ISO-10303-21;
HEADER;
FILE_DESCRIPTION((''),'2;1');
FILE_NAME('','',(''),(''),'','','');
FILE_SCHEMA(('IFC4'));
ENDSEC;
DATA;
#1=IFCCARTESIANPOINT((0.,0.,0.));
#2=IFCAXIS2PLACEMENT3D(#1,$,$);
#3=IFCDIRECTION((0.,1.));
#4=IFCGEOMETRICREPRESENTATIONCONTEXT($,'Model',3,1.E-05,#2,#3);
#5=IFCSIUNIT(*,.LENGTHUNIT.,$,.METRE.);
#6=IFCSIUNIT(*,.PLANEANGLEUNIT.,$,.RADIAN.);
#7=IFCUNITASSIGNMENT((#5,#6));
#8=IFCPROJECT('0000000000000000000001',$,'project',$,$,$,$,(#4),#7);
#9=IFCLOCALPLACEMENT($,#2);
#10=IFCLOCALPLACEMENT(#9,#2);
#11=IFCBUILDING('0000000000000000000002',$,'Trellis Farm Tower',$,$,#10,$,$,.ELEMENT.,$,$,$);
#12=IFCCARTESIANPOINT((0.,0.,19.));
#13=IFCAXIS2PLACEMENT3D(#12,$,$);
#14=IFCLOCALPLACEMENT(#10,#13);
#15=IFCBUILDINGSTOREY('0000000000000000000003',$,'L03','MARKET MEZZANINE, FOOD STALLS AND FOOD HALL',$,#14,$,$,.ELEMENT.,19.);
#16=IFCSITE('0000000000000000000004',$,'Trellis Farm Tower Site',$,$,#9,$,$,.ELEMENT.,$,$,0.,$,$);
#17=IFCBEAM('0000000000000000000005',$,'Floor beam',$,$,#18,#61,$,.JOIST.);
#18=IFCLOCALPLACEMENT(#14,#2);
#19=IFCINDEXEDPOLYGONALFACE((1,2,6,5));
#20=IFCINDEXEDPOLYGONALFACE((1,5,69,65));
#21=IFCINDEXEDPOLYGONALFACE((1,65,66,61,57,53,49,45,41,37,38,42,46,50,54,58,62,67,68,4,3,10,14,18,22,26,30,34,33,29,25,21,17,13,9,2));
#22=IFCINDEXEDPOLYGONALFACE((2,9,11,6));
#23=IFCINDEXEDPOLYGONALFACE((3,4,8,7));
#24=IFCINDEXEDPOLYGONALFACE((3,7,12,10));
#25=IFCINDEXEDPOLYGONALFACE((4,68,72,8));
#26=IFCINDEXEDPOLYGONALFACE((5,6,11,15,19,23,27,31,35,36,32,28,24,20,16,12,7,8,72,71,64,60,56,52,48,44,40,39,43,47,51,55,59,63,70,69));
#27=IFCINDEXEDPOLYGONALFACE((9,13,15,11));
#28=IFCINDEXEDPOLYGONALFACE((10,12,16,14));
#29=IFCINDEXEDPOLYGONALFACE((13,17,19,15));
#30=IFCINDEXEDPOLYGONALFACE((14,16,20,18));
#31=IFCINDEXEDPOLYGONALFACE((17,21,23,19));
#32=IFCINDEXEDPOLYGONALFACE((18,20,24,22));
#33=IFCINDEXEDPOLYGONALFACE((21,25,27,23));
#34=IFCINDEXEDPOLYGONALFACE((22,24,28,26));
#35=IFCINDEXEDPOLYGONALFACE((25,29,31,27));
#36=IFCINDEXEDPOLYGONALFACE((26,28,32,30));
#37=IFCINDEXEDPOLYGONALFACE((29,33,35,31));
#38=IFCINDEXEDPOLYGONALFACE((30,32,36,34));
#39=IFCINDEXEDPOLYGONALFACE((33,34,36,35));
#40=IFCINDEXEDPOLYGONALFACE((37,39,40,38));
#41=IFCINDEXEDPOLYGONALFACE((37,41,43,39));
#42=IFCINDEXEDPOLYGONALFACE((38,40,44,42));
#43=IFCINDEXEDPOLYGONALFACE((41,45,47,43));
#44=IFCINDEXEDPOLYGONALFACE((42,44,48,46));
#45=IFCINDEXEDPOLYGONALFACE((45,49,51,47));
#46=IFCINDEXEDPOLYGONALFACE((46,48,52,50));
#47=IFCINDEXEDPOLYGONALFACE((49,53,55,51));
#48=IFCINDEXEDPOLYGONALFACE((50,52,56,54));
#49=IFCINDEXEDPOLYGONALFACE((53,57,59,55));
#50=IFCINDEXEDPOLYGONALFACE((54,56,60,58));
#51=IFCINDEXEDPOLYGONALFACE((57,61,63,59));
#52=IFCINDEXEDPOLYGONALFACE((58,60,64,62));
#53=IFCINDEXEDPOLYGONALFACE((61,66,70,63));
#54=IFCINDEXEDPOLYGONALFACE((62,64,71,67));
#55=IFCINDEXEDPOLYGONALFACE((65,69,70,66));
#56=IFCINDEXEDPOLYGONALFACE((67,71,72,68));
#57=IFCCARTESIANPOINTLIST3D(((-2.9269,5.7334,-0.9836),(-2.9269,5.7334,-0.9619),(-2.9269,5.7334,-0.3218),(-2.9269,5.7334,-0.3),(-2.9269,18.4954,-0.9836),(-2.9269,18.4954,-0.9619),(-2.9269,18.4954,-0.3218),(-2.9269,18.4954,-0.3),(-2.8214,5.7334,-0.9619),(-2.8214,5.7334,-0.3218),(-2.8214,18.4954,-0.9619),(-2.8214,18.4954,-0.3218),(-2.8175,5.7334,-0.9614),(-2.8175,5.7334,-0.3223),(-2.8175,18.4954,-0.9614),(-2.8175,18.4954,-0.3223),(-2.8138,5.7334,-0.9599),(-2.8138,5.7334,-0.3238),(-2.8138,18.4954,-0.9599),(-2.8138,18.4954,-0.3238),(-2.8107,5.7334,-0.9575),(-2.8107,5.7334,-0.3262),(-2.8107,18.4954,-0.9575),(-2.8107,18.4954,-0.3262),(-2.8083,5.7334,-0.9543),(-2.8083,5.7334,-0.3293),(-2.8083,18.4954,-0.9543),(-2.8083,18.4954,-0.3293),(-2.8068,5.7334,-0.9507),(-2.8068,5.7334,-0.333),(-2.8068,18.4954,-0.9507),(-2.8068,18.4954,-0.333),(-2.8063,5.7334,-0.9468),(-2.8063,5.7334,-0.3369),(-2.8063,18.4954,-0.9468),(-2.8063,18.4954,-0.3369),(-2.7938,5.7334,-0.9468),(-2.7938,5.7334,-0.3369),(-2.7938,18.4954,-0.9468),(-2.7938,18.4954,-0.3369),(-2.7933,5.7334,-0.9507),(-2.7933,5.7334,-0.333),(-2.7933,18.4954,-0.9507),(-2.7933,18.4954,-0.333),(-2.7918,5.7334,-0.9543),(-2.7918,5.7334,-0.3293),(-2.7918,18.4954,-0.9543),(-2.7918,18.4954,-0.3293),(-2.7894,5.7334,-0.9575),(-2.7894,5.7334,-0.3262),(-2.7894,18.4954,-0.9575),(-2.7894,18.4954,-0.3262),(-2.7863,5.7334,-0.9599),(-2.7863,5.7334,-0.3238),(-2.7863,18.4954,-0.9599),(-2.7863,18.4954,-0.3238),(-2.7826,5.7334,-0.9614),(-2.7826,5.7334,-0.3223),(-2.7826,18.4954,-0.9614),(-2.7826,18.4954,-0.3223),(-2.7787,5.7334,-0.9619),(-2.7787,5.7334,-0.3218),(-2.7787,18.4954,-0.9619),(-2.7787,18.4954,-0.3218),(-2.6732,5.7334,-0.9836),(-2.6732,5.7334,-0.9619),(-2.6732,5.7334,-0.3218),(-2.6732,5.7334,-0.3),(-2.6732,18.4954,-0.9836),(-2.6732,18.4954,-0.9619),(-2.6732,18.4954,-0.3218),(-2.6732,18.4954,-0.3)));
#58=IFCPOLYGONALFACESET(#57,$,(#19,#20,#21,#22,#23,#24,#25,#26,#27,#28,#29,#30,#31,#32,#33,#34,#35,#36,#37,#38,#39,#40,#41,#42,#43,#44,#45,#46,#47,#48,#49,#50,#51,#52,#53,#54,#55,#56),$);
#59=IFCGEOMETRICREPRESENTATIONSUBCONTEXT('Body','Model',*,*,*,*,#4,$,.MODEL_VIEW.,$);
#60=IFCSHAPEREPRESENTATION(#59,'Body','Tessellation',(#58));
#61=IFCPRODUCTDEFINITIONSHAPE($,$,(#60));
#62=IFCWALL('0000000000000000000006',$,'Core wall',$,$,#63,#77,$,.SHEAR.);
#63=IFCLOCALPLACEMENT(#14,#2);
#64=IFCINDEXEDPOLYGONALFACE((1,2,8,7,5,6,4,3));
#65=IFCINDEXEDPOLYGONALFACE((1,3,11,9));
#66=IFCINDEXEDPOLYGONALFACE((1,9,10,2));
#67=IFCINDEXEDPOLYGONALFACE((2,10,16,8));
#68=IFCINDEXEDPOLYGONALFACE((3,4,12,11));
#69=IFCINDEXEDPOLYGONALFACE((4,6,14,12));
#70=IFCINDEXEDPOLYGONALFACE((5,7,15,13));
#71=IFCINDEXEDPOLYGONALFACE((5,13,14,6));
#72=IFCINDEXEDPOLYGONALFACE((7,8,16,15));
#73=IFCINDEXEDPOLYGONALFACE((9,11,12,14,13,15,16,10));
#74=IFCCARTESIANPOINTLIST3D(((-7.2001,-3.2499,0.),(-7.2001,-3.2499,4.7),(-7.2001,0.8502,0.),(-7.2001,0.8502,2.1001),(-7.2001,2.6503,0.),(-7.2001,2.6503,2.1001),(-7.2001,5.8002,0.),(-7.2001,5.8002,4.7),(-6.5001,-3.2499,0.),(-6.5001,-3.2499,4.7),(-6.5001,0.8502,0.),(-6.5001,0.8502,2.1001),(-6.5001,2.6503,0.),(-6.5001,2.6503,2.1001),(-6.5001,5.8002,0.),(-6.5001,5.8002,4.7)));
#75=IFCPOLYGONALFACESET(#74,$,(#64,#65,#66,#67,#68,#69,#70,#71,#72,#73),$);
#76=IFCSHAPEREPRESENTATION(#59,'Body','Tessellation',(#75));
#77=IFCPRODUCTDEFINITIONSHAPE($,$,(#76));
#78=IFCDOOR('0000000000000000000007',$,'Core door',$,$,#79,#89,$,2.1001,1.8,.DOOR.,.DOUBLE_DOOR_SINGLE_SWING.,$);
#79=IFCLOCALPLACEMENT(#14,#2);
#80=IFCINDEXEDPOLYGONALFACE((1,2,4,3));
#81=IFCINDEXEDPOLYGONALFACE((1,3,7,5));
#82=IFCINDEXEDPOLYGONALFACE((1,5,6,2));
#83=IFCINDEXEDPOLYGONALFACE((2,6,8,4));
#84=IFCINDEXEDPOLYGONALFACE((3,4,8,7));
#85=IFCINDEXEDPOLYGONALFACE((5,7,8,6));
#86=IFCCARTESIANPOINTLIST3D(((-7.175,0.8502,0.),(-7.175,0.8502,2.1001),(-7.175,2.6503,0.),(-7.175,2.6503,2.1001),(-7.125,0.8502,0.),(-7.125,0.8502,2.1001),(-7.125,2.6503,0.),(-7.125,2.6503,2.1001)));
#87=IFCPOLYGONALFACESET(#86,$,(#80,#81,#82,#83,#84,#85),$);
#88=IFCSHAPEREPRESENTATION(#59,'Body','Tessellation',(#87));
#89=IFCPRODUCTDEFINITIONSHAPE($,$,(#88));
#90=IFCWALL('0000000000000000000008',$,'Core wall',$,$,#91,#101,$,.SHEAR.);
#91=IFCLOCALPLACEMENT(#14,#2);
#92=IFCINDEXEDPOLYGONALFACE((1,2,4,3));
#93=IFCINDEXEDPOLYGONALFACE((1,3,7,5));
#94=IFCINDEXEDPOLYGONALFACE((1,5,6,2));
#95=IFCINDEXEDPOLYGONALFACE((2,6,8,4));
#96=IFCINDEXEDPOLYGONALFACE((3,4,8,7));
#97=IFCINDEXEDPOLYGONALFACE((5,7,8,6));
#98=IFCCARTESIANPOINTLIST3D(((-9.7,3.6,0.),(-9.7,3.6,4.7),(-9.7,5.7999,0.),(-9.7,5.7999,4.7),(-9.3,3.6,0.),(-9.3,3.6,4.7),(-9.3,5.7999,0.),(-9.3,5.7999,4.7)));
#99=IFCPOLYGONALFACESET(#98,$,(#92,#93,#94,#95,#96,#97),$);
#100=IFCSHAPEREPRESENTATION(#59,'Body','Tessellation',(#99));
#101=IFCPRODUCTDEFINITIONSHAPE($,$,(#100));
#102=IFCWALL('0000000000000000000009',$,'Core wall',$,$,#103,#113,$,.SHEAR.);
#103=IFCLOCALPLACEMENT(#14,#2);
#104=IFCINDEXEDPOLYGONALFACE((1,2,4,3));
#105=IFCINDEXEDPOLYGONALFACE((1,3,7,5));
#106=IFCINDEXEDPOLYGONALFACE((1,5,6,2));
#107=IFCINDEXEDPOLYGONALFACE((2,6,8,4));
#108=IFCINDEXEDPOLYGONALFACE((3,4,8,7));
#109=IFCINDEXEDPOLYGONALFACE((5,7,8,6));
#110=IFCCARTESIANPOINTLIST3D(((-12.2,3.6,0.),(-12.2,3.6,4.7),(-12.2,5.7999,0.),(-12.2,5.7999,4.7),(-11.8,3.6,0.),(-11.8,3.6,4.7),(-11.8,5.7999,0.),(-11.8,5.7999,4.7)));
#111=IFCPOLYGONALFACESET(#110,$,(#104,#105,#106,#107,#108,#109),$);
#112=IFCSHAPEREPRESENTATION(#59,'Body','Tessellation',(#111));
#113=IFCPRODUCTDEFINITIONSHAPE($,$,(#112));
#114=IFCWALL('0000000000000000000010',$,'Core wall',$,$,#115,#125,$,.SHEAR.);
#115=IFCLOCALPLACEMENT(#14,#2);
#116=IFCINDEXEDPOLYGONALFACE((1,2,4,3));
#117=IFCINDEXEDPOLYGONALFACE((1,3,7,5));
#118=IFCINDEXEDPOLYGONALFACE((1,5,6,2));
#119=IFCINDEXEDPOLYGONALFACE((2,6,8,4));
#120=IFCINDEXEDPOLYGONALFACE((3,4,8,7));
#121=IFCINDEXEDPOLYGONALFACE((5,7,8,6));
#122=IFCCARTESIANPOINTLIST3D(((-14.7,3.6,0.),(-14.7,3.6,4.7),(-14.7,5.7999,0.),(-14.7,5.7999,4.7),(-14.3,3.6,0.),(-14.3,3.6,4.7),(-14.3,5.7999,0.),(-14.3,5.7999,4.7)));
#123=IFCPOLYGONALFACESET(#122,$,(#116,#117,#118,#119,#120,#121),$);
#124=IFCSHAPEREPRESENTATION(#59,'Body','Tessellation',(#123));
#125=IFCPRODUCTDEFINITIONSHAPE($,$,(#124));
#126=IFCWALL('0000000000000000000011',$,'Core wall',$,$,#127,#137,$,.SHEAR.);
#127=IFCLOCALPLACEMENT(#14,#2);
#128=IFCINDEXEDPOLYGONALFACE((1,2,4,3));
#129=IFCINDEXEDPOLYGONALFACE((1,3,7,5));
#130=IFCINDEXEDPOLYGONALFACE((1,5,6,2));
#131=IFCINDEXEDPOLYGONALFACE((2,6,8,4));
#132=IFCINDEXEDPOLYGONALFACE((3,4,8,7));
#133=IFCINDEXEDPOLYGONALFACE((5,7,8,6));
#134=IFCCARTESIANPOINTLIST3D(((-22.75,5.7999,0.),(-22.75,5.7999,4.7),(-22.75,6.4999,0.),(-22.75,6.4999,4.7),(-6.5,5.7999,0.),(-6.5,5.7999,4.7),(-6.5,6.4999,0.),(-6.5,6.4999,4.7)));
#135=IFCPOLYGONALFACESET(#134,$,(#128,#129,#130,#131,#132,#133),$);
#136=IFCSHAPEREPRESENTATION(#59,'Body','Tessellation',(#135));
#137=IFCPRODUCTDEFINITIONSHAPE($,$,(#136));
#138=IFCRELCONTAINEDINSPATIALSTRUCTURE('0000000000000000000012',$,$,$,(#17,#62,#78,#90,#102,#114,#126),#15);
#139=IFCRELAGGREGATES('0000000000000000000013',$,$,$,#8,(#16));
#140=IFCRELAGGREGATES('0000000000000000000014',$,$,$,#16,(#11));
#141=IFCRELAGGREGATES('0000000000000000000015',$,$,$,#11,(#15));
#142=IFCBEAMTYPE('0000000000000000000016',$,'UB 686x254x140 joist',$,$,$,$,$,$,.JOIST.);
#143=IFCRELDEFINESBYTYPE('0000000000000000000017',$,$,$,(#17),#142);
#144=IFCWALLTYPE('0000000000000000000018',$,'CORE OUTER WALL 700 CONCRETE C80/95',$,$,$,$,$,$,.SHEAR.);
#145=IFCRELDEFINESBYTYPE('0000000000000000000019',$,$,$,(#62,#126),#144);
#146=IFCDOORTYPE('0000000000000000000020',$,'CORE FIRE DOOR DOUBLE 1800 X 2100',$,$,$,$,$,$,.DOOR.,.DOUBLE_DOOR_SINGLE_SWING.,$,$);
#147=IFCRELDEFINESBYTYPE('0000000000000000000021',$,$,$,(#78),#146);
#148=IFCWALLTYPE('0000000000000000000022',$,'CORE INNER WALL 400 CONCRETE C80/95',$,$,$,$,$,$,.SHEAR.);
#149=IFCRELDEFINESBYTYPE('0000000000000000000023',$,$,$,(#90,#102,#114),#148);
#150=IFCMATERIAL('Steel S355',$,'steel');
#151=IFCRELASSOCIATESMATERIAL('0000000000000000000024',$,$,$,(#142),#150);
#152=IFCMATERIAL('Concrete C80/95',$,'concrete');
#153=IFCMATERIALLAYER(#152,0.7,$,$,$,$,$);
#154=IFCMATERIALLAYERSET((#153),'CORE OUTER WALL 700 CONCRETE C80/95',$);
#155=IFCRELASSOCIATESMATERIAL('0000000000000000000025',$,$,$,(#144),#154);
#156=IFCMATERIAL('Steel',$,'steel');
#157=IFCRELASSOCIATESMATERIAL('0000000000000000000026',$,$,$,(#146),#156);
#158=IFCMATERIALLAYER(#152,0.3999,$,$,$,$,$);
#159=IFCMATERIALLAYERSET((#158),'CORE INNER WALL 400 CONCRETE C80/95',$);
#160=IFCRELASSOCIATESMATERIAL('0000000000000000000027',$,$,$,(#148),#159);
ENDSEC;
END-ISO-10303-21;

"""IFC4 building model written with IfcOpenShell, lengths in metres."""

from ifc_helpers import new_model, si_unit, direction, frame, frame_2d, origin, origin_2d, place, context, subcontext, project, spatial, rectangle, i_section, extrude, source, transform, mapped, material, layer, layer_set, material_profile, profile_set, type_object, element, fill, save


model = new_model("IFC4")

# Units and contexts
model_context = context("Model", 3, precision=1e-05, world=origin(), true_north=direction((0.0, 1.0)))
body_context = subcontext(model_context, "Body", "Model", "MODEL_VIEW")
ifc_project = project(units=[si_unit("LENGTHUNIT", "METRE"), si_unit("PLANEANGLEUNIT", "RADIAN")], contexts=[model_context])

# Site, building, storey
site_placement = place(None, origin())
site = spatial("IfcSite", under=ifc_project, at=site_placement, Name="Trellis Farm Tower Site", CompositionType="ELEMENT", RefElevation=0.0)
building_placement = place(site_placement, origin())
building = spatial("IfcBuilding", under=site, at=building_placement, Name="Trellis Farm Tower", CompositionType="ELEMENT")
storey_placement = place(building_placement, frame((0.0, 0.0, 19.0)))
storey = spatial("IfcBuildingStorey", under=building, at=storey_placement, Name="L03", Description="MARKET MEZZANINE, FOOD STALLS AND FOOD HALL", CompositionType="ELEMENT", Elevation=19.0)

# Shared definitions
ifc_material_1 = material(Name="Concrete C80/95", Category="concrete")

# Beam
ifc_material_2 = material(Name="Steel S355", Category="steel")
ifc_material_profile_1 = material_profile(ifc_material_2, i_section(OverallWidth=0.2537, OverallDepth=0.6836, WebThickness=0.0125, FlangeThickness=0.0217, FilletRadius=0.0151, at=origin_2d()), Name="UB 686x254x140")
ifc_profile_set_1 = profile_set([ifc_material_profile_1], Name="Steel S355")
beam_type_1 = type_object("IfcBeamType", Name="UB 686x254x140 joist", PredefinedType="JOIST", material=ifc_profile_set_1)
shared_shape_1 = source(origin(), body_context, "Body", "SweptSolid", [
    extrude(i_section(OverallWidth=0.2537, OverallDepth=0.6836, WebThickness=0.0125, FlangeThickness=0.0217, FilletRadius=0.0151, at=origin_2d()), origin(), (0.0, 0.0, 1.0), 12.762),
])
beam_1_placement = place(storey_placement, frame((-2.8, 5.7334, -0.6418), z_axis=(0.0, 1.0, 0.0), x_axis=(-1.0, 0.0, 0.0)))
element("IfcBeam", 1, at=beam_1_placement, inside=storey, type_object=beam_type_1, Name="Floor beam", PredefinedType="JOIST", context=body_context, shape_type="MappedRepresentation", body=[
    mapped(shared_shape_1, transform((0.0, 0.0, 0.0))),
])

# Wall, opening, door
ifc_layer_1 = layer(ifc_material_1, 0.7)
ifc_layer_set_1 = layer_set([ifc_layer_1], Name="CORE OUTER WALL 700 CONCRETE C80/95")
wall_type_1 = type_object("IfcWallType", Name="CORE OUTER WALL 700 CONCRETE C80/95", PredefinedType="SHEAR", material=ifc_layer_set_1)
shared_shape_2 = source(origin(), body_context, "Body", "SweptSolid", [
    extrude(rectangle(XDim=9.05, YDim=0.7, at=frame_2d((4.5249, 0.0))), origin(), (0.0, 0.0, 1.0), 4.7),
])
wall_1_placement = place(storey_placement, frame((-6.8501, 5.8, 0.0), z_axis=(0.0, 0.0, 1.0), x_axis=(0.0, -1.0, 0.0)))
wall_1 = element("IfcWall", 2, at=wall_1_placement, inside=storey, type_object=wall_type_1, Name="Core wall", PredefinedType="SHEAR", context=body_context, shape_type="MappedRepresentation", body=[
    mapped(shared_shape_2, transform((0.0, 0.0, 0.0))),
])
shared_shape_3 = source(origin(), body_context, "Body", "SweptSolid", [
    extrude(rectangle(XDim=1.8, YDim=2.1001, at=frame_2d((0.8999, 1.05))), frame((0.0, 0.3601, 0.0), z_axis=(0.0, -1.0, 0.0), x_axis=(1.0, 0.0, 0.0)), (0.0, 0.0, 1.0), 0.7202),
])
opening_1_placement = place(wall_1_placement, frame((3.1499, 0.0, 0.0)))
opening_1 = element("IfcOpeningElement", 3, at=opening_1_placement, cuts=wall_1, PredefinedType="OPENING", context=body_context, shape_type="MappedRepresentation", body=[
    mapped(shared_shape_3, transform((0.0, 0.0, 0.0))),
])
ifc_material_3 = material(Name="Steel", Category="steel")
door_type_1 = type_object("IfcDoorType", Name="CORE FIRE DOOR DOUBLE 1800 X 2100", OperationType="DOUBLE_DOOR_SINGLE_SWING", PredefinedType="DOOR", material=ifc_material_3)
shared_shape_4 = source(origin(), body_context, "Body", "SweptSolid", [
    extrude(rectangle(XDim=1.8, YDim=2.1001, at=frame_2d((0.8999, 1.05))), frame((0.0, -0.2749, 0.0), z_axis=(0.0, -1.0, 0.0), x_axis=(1.0, 0.0, 0.0)), (0.0, 0.0, 1.0), 0.05),
])
door_1_placement = place(opening_1_placement, origin())
door_1 = element("IfcDoor", 4, at=door_1_placement, inside=storey, type_object=door_type_1, Name="Core door", OperationType="DOUBLE_DOOR_SINGLE_SWING", OverallHeight=2.1001, OverallWidth=1.8, PredefinedType="DOOR", context=body_context, shape_type="MappedRepresentation", body=[
    mapped(shared_shape_4, transform((0.0, 0.0, 0.0))),
])
fill(opening_1, door_1)

# Walls
ifc_layer_2 = layer(ifc_material_1, 0.3999)
ifc_layer_set_2 = layer_set([ifc_layer_2], Name="CORE INNER WALL 400 CONCRETE C80/95")
wall_type_2 = type_object("IfcWallType", Name="CORE INNER WALL 400 CONCRETE C80/95", PredefinedType="SHEAR", material=ifc_layer_set_2)
shared_shape_5 = source(origin(), body_context, "Body", "SweptSolid", [
    extrude(rectangle(XDim=2.2, YDim=0.3999, at=frame_2d((1.1001, 0.0))), origin(), (0.0, 0.0, 1.0), 4.7),
])
for number, where, z_axis, x_axis, name in (
    (5, (-9.5, 5.8, 0.0), (0.0, 0.0, 1.0), (0.0, -1.0, 0.0), "Core wall"),
    (6, (-12.0, 5.8, 0.0), (0.0, 0.0, 1.0), (0.0, -1.0, 0.0), "Core wall"),
    (7, (-14.5, 5.8, 0.0), (0.0, 0.0, 1.0), (0.0, -1.0, 0.0), "Core wall"),
):
    element("IfcWall", number, at=place(storey_placement, frame(where, z_axis=z_axis, x_axis=x_axis)), inside=storey, type_object=wall_type_2, Name=name, PredefinedType="SHEAR", context=body_context, shape_type="MappedRepresentation", body=[
        mapped(shared_shape_5, transform((0.0, 0.0, 0.0))),
    ])
shared_shape_6 = source(origin(), body_context, "Body", "SweptSolid", [
    extrude(rectangle(XDim=16.25, YDim=0.7, at=frame_2d((8.125, 0.0))), origin(), (0.0, 0.0, 1.0), 4.7),
])
wall_2_placement = place(storey_placement, frame((-6.5, 6.1499, 0.0), z_axis=(0.0, 0.0, 1.0), x_axis=(-1.0, 0.0, 0.0)))
element("IfcWall", 8, at=wall_2_placement, inside=storey, type_object=wall_type_1, Name="Core wall", PredefinedType="SHEAR", context=body_context, shape_type="MappedRepresentation", body=[
    mapped(shared_shape_6, transform((0.0, 0.0, 0.0))),
])

save(model, "model.ifc")
